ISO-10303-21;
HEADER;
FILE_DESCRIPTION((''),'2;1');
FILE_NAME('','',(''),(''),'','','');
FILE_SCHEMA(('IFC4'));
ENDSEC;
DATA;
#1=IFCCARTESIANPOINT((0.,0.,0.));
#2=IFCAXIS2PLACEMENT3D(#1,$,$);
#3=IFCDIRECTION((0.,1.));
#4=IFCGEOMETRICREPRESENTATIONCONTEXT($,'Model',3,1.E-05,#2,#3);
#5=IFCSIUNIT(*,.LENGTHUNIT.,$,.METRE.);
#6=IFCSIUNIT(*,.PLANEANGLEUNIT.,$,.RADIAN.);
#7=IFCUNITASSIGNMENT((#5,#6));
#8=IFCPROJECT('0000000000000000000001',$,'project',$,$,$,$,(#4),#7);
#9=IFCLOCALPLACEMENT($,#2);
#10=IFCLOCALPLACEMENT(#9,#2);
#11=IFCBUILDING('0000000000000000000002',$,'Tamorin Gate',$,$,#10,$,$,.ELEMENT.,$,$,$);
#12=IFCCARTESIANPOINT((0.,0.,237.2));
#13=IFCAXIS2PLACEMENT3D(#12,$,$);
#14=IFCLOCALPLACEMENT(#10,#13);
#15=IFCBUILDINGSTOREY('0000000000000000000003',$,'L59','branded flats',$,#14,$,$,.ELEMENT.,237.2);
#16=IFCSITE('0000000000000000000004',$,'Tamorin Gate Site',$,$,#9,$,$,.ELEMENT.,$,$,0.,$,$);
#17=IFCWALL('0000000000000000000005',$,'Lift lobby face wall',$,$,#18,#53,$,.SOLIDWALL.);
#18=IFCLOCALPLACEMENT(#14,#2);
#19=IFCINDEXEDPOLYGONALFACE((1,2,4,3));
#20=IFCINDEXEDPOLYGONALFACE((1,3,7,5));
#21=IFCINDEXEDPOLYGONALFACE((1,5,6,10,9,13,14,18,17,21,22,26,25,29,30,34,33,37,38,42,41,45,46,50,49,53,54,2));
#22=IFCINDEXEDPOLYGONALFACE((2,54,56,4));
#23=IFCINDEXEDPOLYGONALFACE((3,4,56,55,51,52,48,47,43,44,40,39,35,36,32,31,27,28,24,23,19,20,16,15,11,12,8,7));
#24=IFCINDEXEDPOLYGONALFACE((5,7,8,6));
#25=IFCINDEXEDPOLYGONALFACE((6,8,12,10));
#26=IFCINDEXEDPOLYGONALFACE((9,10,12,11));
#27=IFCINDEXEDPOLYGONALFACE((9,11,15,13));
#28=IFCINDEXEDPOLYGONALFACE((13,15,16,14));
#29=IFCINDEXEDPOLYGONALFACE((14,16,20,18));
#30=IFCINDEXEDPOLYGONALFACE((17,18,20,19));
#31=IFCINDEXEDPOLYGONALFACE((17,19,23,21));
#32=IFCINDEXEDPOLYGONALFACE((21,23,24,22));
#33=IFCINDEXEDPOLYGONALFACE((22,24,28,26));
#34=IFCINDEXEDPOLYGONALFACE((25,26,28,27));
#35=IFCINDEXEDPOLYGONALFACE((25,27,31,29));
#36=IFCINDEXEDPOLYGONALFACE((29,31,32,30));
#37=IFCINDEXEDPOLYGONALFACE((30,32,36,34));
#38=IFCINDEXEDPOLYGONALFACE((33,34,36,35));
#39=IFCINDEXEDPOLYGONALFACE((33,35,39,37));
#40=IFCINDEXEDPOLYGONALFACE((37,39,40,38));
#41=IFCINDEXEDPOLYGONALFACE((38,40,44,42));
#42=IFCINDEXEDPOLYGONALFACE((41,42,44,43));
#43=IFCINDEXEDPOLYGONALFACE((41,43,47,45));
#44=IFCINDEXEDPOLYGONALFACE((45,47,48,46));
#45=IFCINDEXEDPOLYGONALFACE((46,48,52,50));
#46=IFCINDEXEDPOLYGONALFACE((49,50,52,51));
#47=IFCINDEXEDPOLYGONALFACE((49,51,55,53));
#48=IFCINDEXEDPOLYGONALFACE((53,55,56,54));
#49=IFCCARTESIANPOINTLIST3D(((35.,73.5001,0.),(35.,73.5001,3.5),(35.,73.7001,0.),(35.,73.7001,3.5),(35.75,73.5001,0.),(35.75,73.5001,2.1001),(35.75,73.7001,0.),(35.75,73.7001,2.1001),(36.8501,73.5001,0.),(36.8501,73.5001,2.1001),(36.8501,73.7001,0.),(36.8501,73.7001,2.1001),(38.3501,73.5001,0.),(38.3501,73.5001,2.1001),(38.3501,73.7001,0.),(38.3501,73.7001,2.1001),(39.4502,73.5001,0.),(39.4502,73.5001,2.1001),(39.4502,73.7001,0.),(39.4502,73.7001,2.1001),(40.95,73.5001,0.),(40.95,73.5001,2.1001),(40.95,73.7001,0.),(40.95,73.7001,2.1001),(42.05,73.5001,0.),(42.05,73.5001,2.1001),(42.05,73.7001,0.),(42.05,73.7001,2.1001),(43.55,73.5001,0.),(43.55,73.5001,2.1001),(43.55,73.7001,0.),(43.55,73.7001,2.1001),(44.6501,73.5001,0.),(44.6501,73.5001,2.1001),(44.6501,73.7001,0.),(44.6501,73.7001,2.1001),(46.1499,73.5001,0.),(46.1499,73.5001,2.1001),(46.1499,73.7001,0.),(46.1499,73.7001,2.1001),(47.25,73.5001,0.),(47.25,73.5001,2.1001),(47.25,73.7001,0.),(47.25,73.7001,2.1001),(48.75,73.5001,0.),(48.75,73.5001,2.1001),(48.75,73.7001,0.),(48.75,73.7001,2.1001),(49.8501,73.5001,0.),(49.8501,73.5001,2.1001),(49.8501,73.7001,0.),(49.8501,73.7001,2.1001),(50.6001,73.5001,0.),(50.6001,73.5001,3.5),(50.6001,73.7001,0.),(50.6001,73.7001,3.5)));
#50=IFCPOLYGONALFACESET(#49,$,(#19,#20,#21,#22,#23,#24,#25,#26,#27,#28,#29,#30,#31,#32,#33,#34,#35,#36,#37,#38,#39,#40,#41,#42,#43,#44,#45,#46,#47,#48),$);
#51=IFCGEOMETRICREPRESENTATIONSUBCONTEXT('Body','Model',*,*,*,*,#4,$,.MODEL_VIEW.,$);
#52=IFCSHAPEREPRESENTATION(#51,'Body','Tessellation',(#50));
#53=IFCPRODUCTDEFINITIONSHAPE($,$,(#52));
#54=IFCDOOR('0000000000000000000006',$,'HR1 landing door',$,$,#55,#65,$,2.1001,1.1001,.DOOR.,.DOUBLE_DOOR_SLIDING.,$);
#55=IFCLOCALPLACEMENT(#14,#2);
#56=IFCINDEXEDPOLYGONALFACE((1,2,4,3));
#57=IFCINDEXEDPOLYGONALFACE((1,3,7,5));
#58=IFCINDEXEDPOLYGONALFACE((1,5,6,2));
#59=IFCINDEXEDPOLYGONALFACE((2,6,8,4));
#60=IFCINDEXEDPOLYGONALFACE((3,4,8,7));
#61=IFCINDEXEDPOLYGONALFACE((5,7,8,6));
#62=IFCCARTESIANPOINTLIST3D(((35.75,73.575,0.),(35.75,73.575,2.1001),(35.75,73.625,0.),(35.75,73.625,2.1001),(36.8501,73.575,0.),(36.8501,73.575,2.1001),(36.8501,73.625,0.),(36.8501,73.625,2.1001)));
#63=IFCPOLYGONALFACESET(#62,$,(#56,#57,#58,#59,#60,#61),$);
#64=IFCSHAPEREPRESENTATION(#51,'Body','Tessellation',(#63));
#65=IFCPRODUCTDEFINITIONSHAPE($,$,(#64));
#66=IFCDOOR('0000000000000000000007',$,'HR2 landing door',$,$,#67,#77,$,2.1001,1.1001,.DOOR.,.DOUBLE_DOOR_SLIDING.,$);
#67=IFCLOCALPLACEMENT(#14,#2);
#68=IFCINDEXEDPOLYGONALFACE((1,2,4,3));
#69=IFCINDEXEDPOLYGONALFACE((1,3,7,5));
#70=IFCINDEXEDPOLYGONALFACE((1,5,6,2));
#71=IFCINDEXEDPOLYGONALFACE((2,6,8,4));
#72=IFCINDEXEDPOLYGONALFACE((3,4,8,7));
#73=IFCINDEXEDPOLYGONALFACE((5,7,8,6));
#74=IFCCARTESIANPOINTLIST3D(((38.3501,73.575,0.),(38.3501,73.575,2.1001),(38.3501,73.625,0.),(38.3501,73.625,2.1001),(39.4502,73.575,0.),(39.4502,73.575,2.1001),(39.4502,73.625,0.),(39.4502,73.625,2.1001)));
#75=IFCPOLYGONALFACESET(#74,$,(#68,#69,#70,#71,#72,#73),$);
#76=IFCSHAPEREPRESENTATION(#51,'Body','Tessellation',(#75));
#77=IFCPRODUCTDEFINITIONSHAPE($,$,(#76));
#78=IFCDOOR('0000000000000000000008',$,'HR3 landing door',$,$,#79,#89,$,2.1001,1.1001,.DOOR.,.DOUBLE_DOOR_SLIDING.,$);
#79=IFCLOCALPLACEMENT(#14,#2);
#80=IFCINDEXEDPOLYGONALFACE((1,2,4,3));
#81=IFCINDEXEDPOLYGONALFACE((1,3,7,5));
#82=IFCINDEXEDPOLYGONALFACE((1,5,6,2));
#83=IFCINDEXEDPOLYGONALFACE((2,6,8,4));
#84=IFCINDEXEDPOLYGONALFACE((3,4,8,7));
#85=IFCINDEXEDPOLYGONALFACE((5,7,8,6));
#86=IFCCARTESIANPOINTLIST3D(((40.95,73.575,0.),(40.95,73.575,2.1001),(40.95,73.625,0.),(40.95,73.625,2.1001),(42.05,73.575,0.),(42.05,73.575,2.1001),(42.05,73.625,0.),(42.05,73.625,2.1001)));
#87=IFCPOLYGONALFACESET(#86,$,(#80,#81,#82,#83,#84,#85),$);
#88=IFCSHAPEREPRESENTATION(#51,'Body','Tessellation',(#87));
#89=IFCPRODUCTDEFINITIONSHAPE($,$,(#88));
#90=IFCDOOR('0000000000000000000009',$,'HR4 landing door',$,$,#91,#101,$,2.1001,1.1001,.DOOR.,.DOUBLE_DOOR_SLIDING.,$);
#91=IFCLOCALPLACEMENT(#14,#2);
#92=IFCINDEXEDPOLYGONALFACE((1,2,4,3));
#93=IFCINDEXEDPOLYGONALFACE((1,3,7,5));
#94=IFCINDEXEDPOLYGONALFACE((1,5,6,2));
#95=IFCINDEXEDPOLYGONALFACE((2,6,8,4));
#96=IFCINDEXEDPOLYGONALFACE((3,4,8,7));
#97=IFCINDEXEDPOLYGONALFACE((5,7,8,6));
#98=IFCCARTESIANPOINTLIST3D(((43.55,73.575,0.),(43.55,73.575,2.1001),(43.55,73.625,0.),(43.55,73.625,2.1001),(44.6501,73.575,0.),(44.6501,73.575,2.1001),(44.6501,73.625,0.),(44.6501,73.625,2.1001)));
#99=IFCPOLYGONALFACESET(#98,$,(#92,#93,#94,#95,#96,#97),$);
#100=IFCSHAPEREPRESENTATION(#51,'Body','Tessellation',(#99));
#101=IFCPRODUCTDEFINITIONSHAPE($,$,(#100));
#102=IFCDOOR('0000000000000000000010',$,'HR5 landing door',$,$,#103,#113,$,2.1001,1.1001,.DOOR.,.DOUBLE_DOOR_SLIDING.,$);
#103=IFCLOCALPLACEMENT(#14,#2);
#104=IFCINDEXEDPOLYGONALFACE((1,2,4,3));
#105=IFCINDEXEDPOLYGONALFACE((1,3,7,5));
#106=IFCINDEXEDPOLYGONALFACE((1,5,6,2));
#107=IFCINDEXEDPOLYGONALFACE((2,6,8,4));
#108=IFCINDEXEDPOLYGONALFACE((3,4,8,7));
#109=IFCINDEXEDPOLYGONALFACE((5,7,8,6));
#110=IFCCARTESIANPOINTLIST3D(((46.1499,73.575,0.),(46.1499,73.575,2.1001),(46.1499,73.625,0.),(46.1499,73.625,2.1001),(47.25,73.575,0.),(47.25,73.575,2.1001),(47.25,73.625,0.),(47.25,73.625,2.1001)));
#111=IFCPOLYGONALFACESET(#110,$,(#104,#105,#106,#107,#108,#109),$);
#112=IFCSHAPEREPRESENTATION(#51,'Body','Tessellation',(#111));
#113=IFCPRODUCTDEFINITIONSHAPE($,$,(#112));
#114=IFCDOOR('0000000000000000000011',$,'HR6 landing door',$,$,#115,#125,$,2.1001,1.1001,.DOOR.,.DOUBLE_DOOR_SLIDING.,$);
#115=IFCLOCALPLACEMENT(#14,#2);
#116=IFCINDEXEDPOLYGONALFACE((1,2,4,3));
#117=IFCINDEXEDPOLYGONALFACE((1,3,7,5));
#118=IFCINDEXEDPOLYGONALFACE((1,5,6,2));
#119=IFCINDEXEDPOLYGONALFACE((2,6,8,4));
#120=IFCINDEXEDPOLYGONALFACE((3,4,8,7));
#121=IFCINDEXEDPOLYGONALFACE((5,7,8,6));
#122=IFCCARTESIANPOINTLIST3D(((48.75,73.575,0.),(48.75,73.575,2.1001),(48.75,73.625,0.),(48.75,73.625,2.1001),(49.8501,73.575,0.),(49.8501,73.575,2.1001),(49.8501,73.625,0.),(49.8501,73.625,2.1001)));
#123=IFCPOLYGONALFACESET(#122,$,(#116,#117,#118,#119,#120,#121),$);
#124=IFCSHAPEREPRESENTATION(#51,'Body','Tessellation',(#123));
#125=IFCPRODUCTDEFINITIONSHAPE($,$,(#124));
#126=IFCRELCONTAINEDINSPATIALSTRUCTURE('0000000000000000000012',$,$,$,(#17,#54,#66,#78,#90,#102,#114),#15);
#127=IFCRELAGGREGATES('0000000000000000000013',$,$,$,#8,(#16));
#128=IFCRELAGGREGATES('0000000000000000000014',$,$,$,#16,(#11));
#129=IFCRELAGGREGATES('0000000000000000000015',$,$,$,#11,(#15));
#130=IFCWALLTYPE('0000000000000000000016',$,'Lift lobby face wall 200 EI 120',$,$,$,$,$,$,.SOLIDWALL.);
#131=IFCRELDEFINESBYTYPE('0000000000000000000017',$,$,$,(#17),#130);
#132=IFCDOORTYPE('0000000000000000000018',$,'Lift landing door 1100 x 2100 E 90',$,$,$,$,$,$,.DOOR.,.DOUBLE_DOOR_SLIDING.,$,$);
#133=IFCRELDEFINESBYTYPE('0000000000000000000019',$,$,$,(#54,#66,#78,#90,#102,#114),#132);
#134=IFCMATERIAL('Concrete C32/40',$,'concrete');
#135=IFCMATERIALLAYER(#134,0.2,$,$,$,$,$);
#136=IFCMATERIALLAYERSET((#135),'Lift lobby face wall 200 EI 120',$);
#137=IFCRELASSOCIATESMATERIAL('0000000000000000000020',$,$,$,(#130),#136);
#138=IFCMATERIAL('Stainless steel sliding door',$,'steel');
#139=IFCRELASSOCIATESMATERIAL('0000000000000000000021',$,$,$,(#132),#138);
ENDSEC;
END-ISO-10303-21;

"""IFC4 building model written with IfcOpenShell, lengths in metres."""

from ifc_helpers import new_model, si_unit, direction, frame, frame_2d, origin, place, context, subcontext, project, spatial, rectangle, extrude, material, layer, layer_set, type_object, element, fill, save


model = new_model("IFC4")

# Units and contexts
model_context = context("Model", 3, precision=1e-05, world=origin(), true_north=direction((0.0, 1.0)))
body_context = subcontext(model_context, "Body", "Model", "MODEL_VIEW")
ifc_project = project(units=[si_unit("LENGTHUNIT", "METRE"), si_unit("PLANEANGLEUNIT", "RADIAN")], contexts=[model_context])

# Site, building, storey
site_placement = place(None, origin())
site = spatial("IfcSite", under=ifc_project, at=site_placement, Name="Tamorin Gate Site", CompositionType="ELEMENT", RefElevation=0.0)
building_placement = place(site_placement, origin())
building = spatial("IfcBuilding", under=site, at=building_placement, Name="Tamorin Gate", CompositionType="ELEMENT")
storey_placement = place(building_placement, frame((0.0, 0.0, 237.2)))
storey = spatial("IfcBuildingStorey", under=building, at=storey_placement, Name="L59", Description="branded flats", CompositionType="ELEMENT", Elevation=237.2)

# Wall, openings, doors
ifc_material_1 = material(Name="Concrete C32/40", Category="concrete")
ifc_layer_1 = layer(ifc_material_1, 0.2)
ifc_layer_set_1 = layer_set([ifc_layer_1], Name="Lift lobby face wall 200 EI 120")
wall_type_1 = type_object("IfcWallType", Name="Lift lobby face wall 200 EI 120", PredefinedType="SOLIDWALL", material=ifc_layer_set_1)
wall_1_placement = place(storey_placement, frame((35.0, 73.6001, 0.0), z_axis=(0.0, 0.0, 1.0), x_axis=(1.0, 0.0, 0.0)))
wall_1 = element("IfcWall", 1, at=wall_1_placement, inside=storey, type_object=wall_type_1, Name="Lift lobby face wall", PredefinedType="SOLIDWALL", context=body_context, shape_type="SweptSolid", body=[
    extrude(rectangle(XDim=15.6001, YDim=0.2, at=frame_2d((7.8, 0.0))), origin(), (0.0, 0.0, 1.0), 3.5),
])
opening_1_placement = place(wall_1_placement, frame((0.75, 0.0, 0.0)))
opening_1 = element("IfcOpeningElement", 2, at=opening_1_placement, cuts=wall_1, PredefinedType="OPENING", context=body_context, shape_type="SweptSolid", body=[
    extrude(rectangle(XDim=1.1001, YDim=2.1001, at=frame_2d((0.55, 1.05))), frame((0.0, 0.1099, 0.0), z_axis=(0.0, -1.0, 0.0), x_axis=(1.0, 0.0, 0.0)), (0.0, 0.0, 1.0), 0.22),
])
opening_2_placement = place(wall_1_placement, frame((3.3501, 0.0, 0.0)))
opening_2 = element("IfcOpeningElement", 3, at=opening_2_placement, cuts=wall_1, PredefinedType="OPENING", context=body_context, shape_type="SweptSolid", body=[
    extrude(rectangle(XDim=1.1001, YDim=2.1001, at=frame_2d((0.55, 1.05))), frame((0.0, 0.1099, 0.0), z_axis=(0.0, -1.0, 0.0), x_axis=(1.0, 0.0, 0.0)), (0.0, 0.0, 1.0), 0.22),
])
opening_3_placement = place(wall_1_placement, frame((5.95, 0.0, 0.0)))
opening_3 = element("IfcOpeningElement", 4, at=opening_3_placement, cuts=wall_1, PredefinedType="OPENING", context=body_context, shape_type="SweptSolid", body=[
    extrude(rectangle(XDim=1.1001, YDim=2.1001, at=frame_2d((0.55, 1.05))), frame((0.0, 0.1099, 0.0), z_axis=(0.0, -1.0, 0.0), x_axis=(1.0, 0.0, 0.0)), (0.0, 0.0, 1.0), 0.22),
])
opening_4_placement = place(wall_1_placement, frame((8.55, 0.0, 0.0)))
opening_4 = element("IfcOpeningElement", 5, at=opening_4_placement, cuts=wall_1, PredefinedType="OPENING", context=body_context, shape_type="SweptSolid", body=[
    extrude(rectangle(XDim=1.1001, YDim=2.1001, at=frame_2d((0.55, 1.05))), frame((0.0, 0.1099, 0.0), z_axis=(0.0, -1.0, 0.0), x_axis=(1.0, 0.0, 0.0)), (0.0, 0.0, 1.0), 0.22),
])
opening_5_placement = place(wall_1_placement, frame((11.1499, 0.0, 0.0)))
opening_5 = element("IfcOpeningElement", 6, at=opening_5_placement, cuts=wall_1, PredefinedType="OPENING", context=body_context, shape_type="SweptSolid", body=[
    extrude(rectangle(XDim=1.1001, YDim=2.1001, at=frame_2d((0.55, 1.05))), frame((0.0, 0.1099, 0.0), z_axis=(0.0, -1.0, 0.0), x_axis=(1.0, 0.0, 0.0)), (0.0, 0.0, 1.0), 0.22),
])
opening_6_placement = place(wall_1_placement, frame((13.75, 0.0, 0.0)))
opening_6 = element("IfcOpeningElement", 7, at=opening_6_placement, cuts=wall_1, PredefinedType="OPENING", context=body_context, shape_type="SweptSolid", body=[
    extrude(rectangle(XDim=1.1001, YDim=2.1001, at=frame_2d((0.55, 1.05))), frame((0.0, 0.1099, 0.0), z_axis=(0.0, -1.0, 0.0), x_axis=(1.0, 0.0, 0.0)), (0.0, 0.0, 1.0), 0.22),
])
ifc_material_2 = material(Name="Stainless steel sliding door", Category="steel")
door_type_1 = type_object("IfcDoorType", Name="Lift landing door 1100 x 2100 E 90", OperationType="DOUBLE_DOOR_SLIDING", PredefinedType="DOOR", material=ifc_material_2)
door_1_placement = place(opening_1_placement, origin())
door_1 = element("IfcDoor", 8, at=door_1_placement, inside=storey, type_object=door_type_1, Name="HR1 landing door", OperationType="DOUBLE_DOOR_SLIDING", OverallHeight=2.1001, OverallWidth=1.1001, PredefinedType="DOOR", context=body_context, shape_type="SweptSolid", body=[
    extrude(rectangle(XDim=1.1001, YDim=2.1001, at=frame_2d((0.55, 1.05))), frame((0.0, 0.0249, 0.0), z_axis=(0.0, -1.0, 0.0), x_axis=(1.0, 0.0, 0.0)), (0.0, 0.0, 1.0), 0.05),
])
fill(opening_1, door_1)
door_2_placement = place(opening_2_placement, origin())
door_2 = element("IfcDoor", 9, at=door_2_placement, inside=storey, type_object=door_type_1, Name="HR2 landing door", OperationType="DOUBLE_DOOR_SLIDING", OverallHeight=2.1001, OverallWidth=1.1001, PredefinedType="DOOR", context=body_context, shape_type="SweptSolid", body=[
    extrude(rectangle(XDim=1.1001, YDim=2.1001, at=frame_2d((0.55, 1.05))), frame((0.0, 0.0249, 0.0), z_axis=(0.0, -1.0, 0.0), x_axis=(1.0, 0.0, 0.0)), (0.0, 0.0, 1.0), 0.05),
])
fill(opening_2, door_2)
door_3_placement = place(opening_3_placement, origin())
door_3 = element("IfcDoor", 10, at=door_3_placement, inside=storey, type_object=door_type_1, Name="HR3 landing door", OperationType="DOUBLE_DOOR_SLIDING", OverallHeight=2.1001, OverallWidth=1.1001, PredefinedType="DOOR", context=body_context, shape_type="SweptSolid", body=[
    extrude(rectangle(XDim=1.1001, YDim=2.1001, at=frame_2d((0.55, 1.05))), frame((0.0, 0.0249, 0.0), z_axis=(0.0, -1.0, 0.0), x_axis=(1.0, 0.0, 0.0)), (0.0, 0.0, 1.0), 0.05),
])
fill(opening_3, door_3)
door_4_placement = place(opening_4_placement, origin())
door_4 = element("IfcDoor", 11, at=door_4_placement, inside=storey, type_object=door_type_1, Name="HR4 landing door", OperationType="DOUBLE_DOOR_SLIDING", OverallHeight=2.1001, OverallWidth=1.1001, PredefinedType="DOOR", context=body_context, shape_type="SweptSolid", body=[
    extrude(rectangle(XDim=1.1001, YDim=2.1001, at=frame_2d((0.55, 1.05))), frame((0.0, 0.0249, 0.0), z_axis=(0.0, -1.0, 0.0), x_axis=(1.0, 0.0, 0.0)), (0.0, 0.0, 1.0), 0.05),
])
fill(opening_4, door_4)
door_5_placement = place(opening_5_placement, origin())
door_5 = element("IfcDoor", 12, at=door_5_placement, inside=storey, type_object=door_type_1, Name="HR5 landing door", OperationType="DOUBLE_DOOR_SLIDING", OverallHeight=2.1001, OverallWidth=1.1001, PredefinedType="DOOR", context=body_context, shape_type="SweptSolid", body=[
    extrude(rectangle(XDim=1.1001, YDim=2.1001, at=frame_2d((0.55, 1.05))), frame((0.0, 0.0249, 0.0), z_axis=(0.0, -1.0, 0.0), x_axis=(1.0, 0.0, 0.0)), (0.0, 0.0, 1.0), 0.05),
])
fill(opening_5, door_5)
door_6_placement = place(opening_6_placement, origin())
door_6 = element("IfcDoor", 13, at=door_6_placement, inside=storey, type_object=door_type_1, Name="HR6 landing door", OperationType="DOUBLE_DOOR_SLIDING", OverallHeight=2.1001, OverallWidth=1.1001, PredefinedType="DOOR", context=body_context, shape_type="SweptSolid", body=[
    extrude(rectangle(XDim=1.1001, YDim=2.1001, at=frame_2d((0.55, 1.05))), frame((0.0, 0.0249, 0.0), z_axis=(0.0, -1.0, 0.0), x_axis=(1.0, 0.0, 0.0)), (0.0, 0.0, 1.0), 0.05),
])
fill(opening_6, door_6)

save(model, "model.ifc")
